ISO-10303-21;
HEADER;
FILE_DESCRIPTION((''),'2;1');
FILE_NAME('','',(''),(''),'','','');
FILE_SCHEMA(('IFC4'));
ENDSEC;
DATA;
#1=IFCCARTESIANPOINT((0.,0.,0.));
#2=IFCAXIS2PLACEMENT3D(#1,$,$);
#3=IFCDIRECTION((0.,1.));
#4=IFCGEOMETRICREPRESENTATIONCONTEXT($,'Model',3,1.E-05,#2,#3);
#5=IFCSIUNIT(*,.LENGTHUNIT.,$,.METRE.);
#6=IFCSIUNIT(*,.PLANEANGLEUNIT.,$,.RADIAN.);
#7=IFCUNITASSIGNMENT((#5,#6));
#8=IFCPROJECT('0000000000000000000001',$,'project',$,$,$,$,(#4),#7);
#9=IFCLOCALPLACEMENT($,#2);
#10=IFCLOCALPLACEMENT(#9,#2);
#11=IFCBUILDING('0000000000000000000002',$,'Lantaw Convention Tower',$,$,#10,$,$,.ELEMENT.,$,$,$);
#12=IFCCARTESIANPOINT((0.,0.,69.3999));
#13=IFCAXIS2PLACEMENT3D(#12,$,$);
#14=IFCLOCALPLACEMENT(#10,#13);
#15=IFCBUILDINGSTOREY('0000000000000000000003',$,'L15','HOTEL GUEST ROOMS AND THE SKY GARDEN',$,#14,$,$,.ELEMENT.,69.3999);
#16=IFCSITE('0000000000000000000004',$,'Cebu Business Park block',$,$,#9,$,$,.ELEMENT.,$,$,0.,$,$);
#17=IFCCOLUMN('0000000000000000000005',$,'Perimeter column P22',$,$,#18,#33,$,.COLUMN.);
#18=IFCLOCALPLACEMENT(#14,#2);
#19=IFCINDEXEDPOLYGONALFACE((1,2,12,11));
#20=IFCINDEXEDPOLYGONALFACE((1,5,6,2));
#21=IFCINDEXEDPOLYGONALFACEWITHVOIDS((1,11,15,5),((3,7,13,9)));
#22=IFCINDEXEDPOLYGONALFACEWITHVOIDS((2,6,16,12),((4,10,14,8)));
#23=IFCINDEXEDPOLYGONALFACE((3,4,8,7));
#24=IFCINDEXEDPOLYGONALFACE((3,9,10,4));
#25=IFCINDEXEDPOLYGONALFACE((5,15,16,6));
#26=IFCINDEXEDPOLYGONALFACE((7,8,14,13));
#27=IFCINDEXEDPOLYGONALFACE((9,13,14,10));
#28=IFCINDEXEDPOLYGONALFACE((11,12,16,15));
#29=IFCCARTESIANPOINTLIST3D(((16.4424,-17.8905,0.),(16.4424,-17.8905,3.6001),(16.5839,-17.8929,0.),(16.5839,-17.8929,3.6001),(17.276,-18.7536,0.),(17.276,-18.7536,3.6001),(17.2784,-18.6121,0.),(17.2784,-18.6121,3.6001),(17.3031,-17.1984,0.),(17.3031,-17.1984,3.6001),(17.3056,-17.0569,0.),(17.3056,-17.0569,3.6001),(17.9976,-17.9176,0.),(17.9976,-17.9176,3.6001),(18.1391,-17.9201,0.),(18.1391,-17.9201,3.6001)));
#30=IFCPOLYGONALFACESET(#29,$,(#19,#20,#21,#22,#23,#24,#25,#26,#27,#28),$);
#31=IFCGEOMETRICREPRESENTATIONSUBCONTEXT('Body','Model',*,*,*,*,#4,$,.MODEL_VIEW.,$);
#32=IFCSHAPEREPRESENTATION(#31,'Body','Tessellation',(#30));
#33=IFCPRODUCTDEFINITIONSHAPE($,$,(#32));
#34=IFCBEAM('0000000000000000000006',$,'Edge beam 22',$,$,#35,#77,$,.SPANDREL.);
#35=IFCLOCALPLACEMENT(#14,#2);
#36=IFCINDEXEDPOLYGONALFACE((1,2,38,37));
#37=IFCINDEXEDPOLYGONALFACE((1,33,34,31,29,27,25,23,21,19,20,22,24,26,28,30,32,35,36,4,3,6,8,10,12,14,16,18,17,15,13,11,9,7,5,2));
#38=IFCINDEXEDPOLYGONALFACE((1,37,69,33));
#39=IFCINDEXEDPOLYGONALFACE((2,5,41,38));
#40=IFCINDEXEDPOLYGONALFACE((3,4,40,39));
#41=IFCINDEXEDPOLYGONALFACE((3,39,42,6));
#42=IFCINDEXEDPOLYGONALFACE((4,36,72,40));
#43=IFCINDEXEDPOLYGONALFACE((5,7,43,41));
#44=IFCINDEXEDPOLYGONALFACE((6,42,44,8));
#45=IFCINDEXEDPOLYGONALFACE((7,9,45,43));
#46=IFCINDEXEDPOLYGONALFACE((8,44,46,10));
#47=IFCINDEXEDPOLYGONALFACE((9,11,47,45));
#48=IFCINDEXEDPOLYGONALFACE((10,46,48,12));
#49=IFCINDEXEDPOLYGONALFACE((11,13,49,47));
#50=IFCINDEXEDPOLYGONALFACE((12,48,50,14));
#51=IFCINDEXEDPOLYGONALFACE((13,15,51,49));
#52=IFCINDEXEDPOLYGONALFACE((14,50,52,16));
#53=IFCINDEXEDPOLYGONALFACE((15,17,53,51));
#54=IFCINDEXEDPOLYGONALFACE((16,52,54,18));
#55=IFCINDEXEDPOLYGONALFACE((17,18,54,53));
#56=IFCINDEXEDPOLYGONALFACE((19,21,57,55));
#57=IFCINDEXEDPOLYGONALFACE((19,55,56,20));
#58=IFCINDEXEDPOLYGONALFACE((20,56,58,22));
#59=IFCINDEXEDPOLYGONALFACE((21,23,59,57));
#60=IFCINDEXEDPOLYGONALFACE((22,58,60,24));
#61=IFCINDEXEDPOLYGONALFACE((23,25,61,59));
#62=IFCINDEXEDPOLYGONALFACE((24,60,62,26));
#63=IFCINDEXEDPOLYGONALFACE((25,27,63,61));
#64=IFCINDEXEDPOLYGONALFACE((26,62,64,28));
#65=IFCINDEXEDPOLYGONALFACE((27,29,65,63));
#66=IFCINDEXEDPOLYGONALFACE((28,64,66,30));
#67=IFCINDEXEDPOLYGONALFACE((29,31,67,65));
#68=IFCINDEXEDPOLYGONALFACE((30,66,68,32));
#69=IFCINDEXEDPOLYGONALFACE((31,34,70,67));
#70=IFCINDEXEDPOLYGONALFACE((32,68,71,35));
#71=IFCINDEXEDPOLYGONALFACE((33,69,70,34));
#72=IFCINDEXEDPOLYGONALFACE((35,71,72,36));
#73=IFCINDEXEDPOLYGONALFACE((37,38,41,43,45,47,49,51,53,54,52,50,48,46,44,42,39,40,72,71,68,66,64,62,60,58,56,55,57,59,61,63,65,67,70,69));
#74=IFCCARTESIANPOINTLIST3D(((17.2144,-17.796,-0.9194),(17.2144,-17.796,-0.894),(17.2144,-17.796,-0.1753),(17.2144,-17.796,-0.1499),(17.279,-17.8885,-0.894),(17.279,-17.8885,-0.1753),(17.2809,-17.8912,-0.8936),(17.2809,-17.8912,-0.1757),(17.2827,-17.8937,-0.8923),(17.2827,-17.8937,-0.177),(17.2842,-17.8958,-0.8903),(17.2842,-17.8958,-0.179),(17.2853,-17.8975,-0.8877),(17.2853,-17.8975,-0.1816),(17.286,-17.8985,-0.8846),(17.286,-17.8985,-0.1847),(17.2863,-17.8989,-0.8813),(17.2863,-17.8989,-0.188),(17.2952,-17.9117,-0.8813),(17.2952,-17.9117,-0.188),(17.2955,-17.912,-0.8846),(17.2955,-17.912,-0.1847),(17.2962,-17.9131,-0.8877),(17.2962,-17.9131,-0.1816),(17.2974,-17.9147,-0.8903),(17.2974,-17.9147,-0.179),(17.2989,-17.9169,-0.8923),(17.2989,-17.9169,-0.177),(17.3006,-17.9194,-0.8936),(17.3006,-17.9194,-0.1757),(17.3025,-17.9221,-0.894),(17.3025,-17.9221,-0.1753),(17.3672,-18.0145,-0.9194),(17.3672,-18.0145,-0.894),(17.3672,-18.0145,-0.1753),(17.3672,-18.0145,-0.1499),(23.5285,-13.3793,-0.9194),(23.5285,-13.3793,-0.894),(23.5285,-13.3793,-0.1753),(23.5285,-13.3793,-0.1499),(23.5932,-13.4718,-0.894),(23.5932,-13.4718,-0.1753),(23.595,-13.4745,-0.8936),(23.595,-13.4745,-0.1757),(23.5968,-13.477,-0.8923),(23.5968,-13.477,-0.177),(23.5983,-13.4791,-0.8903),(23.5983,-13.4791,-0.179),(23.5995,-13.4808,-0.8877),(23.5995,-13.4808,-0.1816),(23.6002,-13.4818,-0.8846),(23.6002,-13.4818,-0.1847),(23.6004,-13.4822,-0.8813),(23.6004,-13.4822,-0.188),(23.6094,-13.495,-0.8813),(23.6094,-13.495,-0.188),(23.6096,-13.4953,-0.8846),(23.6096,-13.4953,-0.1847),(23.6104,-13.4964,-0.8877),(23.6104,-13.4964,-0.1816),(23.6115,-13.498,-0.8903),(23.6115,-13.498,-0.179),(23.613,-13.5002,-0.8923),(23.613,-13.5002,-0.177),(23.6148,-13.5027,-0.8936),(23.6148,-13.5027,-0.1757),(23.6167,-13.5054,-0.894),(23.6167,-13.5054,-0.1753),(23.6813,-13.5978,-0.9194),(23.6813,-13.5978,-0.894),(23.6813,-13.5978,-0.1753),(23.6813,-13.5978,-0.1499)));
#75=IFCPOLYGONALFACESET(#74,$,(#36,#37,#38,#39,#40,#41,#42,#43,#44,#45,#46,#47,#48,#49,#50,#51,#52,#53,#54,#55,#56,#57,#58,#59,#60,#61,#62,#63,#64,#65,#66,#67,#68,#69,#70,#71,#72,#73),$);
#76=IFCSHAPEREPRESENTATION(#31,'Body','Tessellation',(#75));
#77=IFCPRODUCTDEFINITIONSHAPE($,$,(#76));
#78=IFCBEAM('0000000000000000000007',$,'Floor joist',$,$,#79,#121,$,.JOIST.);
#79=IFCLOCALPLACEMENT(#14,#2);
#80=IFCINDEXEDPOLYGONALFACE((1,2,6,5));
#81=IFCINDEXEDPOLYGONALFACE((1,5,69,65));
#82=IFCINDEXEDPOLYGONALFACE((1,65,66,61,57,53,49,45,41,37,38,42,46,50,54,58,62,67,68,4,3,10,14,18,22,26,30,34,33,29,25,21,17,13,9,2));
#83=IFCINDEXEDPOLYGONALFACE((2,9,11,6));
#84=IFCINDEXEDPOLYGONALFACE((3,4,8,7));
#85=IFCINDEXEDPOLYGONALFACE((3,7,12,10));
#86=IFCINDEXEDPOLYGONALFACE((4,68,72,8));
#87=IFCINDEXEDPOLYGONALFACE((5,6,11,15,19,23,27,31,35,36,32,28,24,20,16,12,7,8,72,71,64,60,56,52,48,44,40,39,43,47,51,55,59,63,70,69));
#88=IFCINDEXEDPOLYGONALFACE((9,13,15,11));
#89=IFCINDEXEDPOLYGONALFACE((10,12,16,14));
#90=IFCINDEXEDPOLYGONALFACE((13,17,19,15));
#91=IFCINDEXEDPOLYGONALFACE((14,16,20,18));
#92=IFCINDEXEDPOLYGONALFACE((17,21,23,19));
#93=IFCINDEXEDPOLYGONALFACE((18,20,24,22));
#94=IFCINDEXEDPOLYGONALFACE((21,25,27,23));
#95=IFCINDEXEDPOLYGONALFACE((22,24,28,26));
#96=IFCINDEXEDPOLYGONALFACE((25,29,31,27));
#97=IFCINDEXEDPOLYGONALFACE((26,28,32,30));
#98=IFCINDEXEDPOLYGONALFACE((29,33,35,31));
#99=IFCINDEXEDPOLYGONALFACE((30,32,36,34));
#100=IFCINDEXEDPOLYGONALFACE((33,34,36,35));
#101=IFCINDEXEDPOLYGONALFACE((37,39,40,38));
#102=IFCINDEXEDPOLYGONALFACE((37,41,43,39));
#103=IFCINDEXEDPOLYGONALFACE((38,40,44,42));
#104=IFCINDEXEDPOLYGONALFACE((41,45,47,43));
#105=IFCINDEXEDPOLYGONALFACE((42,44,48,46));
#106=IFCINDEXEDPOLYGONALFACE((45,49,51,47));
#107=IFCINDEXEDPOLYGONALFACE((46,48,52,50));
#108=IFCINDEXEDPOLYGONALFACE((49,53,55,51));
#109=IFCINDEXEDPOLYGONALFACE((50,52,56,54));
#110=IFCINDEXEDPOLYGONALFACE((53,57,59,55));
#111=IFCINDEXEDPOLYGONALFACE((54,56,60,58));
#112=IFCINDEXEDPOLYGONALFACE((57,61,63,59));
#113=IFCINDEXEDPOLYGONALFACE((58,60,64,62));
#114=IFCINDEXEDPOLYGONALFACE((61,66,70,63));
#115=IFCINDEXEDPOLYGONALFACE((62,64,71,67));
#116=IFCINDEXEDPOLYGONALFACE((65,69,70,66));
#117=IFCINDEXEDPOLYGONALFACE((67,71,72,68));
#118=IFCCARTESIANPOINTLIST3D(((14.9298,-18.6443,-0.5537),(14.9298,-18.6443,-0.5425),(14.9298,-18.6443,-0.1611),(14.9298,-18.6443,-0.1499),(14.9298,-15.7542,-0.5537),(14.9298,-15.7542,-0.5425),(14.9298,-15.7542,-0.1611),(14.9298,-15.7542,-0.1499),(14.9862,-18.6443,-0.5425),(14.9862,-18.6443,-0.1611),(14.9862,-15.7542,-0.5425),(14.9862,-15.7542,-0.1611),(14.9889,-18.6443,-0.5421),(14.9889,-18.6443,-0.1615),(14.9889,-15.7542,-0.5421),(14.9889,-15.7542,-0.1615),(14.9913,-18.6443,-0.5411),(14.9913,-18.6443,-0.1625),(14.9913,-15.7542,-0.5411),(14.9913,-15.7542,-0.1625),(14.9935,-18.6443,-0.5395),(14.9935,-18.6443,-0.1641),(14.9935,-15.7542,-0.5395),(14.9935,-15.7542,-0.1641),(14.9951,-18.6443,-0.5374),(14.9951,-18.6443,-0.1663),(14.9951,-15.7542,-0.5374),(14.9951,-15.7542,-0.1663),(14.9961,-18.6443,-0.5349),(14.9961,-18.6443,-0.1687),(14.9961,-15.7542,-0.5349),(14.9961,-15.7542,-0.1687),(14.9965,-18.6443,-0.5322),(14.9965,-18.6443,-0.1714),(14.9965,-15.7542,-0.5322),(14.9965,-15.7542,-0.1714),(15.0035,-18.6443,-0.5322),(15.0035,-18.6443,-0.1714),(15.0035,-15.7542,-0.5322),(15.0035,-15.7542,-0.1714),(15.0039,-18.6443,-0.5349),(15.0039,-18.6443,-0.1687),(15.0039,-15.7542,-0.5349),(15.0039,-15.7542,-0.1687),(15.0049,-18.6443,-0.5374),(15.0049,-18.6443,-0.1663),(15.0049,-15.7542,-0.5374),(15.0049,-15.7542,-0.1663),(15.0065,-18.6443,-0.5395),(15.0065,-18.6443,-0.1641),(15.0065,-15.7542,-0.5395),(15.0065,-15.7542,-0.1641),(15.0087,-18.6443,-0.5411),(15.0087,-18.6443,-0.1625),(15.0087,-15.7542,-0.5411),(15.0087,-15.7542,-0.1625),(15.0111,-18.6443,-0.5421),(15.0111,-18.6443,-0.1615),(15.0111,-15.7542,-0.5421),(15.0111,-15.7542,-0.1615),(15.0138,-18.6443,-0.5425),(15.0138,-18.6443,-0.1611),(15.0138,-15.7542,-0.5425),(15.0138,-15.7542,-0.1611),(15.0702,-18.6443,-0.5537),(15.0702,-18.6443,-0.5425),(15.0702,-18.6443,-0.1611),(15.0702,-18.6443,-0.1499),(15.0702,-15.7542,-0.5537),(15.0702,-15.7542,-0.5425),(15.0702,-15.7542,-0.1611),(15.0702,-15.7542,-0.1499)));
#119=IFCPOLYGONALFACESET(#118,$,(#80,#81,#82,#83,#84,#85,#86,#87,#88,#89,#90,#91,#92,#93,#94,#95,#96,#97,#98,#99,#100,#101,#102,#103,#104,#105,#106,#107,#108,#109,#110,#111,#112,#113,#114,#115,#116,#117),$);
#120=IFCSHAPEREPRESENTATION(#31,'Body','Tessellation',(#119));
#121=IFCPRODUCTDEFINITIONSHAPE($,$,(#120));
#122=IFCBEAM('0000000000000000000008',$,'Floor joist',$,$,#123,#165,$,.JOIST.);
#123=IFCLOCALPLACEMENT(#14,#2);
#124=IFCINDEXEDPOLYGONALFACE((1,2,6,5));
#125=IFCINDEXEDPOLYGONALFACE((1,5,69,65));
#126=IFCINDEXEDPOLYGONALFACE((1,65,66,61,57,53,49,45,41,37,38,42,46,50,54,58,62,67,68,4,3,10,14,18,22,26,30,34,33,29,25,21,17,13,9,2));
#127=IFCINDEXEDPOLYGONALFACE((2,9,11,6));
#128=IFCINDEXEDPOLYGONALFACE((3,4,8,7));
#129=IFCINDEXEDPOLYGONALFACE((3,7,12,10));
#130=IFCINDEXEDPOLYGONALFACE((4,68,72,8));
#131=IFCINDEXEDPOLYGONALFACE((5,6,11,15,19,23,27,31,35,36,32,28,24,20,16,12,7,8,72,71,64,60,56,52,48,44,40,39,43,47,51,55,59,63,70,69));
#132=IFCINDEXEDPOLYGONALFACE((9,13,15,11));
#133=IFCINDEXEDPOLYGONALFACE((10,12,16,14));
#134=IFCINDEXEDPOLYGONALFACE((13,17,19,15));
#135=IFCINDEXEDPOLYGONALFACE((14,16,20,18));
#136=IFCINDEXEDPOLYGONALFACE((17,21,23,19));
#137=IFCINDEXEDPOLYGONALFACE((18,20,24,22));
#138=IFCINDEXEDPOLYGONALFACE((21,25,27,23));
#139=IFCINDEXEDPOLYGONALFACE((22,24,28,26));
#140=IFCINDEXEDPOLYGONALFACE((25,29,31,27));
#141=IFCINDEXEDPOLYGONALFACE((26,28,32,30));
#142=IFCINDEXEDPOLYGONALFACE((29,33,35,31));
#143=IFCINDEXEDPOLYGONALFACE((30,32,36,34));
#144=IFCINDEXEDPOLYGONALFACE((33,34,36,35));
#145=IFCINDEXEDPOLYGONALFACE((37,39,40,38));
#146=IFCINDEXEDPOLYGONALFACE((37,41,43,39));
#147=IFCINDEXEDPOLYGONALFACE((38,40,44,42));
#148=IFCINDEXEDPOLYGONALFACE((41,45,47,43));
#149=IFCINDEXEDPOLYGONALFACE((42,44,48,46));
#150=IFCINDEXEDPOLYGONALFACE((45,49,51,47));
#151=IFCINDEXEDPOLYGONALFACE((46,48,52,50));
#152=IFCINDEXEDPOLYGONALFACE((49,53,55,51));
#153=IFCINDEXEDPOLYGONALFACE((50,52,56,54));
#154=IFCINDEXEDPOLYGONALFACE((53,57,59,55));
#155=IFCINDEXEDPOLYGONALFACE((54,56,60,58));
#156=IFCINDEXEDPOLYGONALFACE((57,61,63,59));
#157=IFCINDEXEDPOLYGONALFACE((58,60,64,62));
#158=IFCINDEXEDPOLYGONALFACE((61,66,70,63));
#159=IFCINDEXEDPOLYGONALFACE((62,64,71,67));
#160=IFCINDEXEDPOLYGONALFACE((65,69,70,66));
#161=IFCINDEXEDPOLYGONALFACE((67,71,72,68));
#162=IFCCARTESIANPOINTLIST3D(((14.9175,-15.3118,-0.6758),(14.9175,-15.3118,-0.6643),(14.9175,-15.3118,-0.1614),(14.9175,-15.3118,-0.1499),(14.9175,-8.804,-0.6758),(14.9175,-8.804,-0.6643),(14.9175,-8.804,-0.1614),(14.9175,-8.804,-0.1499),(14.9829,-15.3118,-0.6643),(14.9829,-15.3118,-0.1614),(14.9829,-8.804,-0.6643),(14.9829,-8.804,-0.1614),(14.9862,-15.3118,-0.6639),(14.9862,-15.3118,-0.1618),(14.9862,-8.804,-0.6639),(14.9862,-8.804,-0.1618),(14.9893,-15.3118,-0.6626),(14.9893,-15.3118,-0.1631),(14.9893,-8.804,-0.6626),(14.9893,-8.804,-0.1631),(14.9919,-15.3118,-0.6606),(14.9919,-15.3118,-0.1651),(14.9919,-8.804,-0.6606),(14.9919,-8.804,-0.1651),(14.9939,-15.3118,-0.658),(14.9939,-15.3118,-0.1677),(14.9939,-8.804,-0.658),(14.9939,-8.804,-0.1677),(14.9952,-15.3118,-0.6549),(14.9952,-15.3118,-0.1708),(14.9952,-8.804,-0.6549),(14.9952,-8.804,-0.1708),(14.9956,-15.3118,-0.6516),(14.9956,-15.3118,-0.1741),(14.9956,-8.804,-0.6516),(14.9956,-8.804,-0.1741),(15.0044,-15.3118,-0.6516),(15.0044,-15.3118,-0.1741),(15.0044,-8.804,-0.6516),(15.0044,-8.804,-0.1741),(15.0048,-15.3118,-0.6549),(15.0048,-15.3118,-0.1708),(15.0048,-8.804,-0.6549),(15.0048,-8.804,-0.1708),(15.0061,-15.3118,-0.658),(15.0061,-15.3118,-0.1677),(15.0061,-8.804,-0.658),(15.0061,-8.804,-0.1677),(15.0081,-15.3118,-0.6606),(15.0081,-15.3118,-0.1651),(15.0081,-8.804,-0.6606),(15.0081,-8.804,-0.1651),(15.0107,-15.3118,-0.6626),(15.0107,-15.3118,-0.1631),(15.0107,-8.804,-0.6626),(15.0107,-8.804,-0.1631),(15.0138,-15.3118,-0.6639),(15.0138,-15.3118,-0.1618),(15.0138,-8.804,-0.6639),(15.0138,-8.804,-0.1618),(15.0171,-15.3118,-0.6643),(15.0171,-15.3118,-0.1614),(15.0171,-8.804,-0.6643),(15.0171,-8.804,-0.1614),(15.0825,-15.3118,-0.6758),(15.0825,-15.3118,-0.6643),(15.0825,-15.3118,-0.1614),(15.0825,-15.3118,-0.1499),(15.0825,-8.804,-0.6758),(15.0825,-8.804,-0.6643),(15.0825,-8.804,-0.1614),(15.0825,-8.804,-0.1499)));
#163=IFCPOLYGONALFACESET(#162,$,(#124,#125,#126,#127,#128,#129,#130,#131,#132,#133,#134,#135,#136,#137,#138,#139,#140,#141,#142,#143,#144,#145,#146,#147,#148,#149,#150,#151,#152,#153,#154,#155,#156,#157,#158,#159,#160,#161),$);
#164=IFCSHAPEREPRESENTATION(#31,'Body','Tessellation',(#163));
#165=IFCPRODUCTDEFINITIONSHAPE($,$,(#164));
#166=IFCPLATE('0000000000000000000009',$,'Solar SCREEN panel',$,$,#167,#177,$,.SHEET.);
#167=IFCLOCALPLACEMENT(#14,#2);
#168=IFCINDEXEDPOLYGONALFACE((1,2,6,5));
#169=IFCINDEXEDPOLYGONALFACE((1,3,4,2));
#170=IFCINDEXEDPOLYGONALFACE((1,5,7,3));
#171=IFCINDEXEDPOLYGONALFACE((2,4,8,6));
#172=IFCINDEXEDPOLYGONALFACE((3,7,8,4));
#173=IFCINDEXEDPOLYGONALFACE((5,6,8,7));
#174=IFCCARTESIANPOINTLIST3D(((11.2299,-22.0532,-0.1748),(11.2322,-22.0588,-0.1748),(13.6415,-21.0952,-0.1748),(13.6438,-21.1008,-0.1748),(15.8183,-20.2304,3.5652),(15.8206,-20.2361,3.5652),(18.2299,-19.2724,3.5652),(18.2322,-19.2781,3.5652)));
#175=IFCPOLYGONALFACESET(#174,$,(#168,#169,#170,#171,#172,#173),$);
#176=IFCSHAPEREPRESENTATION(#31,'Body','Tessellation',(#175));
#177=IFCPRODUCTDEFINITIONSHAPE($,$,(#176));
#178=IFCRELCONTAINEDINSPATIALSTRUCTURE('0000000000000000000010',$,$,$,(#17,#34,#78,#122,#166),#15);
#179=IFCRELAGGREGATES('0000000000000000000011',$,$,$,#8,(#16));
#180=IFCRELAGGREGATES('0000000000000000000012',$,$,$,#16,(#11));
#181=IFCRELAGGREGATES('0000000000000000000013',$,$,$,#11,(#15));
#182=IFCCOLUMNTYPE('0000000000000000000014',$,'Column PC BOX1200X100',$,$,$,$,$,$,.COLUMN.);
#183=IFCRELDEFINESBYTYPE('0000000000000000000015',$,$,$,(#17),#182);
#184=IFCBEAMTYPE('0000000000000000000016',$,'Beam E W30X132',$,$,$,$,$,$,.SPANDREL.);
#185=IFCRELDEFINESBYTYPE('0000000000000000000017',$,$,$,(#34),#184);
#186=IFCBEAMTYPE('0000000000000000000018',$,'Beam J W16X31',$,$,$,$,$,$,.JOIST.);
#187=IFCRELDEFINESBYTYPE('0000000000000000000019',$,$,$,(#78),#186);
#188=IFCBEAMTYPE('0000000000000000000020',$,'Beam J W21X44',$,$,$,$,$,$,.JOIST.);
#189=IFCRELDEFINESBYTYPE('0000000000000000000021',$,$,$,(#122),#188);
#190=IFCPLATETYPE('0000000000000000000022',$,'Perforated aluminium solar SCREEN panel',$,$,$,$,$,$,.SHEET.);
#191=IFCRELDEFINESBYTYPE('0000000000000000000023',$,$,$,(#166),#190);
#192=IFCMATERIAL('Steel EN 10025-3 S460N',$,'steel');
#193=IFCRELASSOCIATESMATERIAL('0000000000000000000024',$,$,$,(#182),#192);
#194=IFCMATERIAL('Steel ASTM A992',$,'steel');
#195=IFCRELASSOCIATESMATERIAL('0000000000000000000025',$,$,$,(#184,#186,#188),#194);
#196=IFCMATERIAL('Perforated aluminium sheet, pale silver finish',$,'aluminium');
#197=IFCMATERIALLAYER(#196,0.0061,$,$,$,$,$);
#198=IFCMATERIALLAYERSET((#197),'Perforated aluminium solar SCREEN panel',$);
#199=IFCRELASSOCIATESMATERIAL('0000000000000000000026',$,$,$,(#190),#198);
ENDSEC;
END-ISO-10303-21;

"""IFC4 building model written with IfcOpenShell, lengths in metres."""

from ifc_helpers import new_model, si_unit, direction, frame, origin, origin_2d, place, context, subcontext, project, spatial, polyline, rectangle, hollow_rectangle, i_section, outline, extrude, material, layer, layer_set, material_profile, profile_set, type_object, element, save


model = new_model("IFC4")

# Units and contexts
model_context = context("Model", 3, precision=1e-05, world=origin(), true_north=direction((0.0, 1.0)))
body_context = subcontext(model_context, "Body", "Model", "MODEL_VIEW")
ifc_project = project(units=[si_unit("LENGTHUNIT", "METRE"), si_unit("PLANEANGLEUNIT", "RADIAN")], contexts=[model_context])

# Site, building, storey
site_placement = place(None, origin())
site = spatial("IfcSite", under=ifc_project, at=site_placement, Name="Cebu Business Park block", CompositionType="ELEMENT", RefElevation=0.0)
building_placement = place(site_placement, origin())
building = spatial("IfcBuilding", under=site, at=building_placement, Name="Lantaw Convention Tower", CompositionType="ELEMENT")
storey_placement = place(building_placement, frame((0.0, 0.0, 69.3999)))
storey = spatial("IfcBuildingStorey", under=building, at=storey_placement, Name="L15", Description="HOTEL GUEST ROOMS AND THE SKY GARDEN", CompositionType="ELEMENT", Elevation=69.3999)

# Column
ifc_material_1 = material(Name="Steel EN 10025-3 S460N", Category="steel")
ifc_material_profile_1 = material_profile(ifc_material_1, hollow_rectangle(XDim=1.2, YDim=1.2, WallThickness=0.1001, at=origin_2d()), Name="BOX1200X100")
ifc_material_2 = material(Name="Concrete C60/75", Category="concrete")
ifc_material_profile_2 = material_profile(ifc_material_2, rectangle(XDim=1.0, YDim=1.0, at=origin_2d()), Name="Concrete fill of BOX1200X100")
ifc_profile_set_1 = profile_set([ifc_material_profile_1, ifc_material_profile_2], Name="Steel EN 10025-3 S460N")
column_type = type_object("IfcColumnType", Name="Column PC BOX1200X100", PredefinedType="COLUMN", material=ifc_profile_set_1)
column_placement = place(storey_placement, frame((17.2908, -17.9053, 0.0), z_axis=(0.0, 0.0, 1.0), x_axis=(0.71934, 0.694658, 0.0)))
element("IfcColumn", 1, at=column_placement, inside=storey, type_object=column_type, Name="Perimeter column P22", PredefinedType="COLUMN", context=body_context, shape_type="SweptSolid", body=[
    extrude(hollow_rectangle(XDim=1.2, YDim=1.2, WallThickness=0.1001, at=origin_2d()), origin(), (0.0, 0.0, 1.0), 3.6001),
])

# Beams
ifc_material_3 = material(Name="Steel ASTM A992", Category="steel")
ifc_material_profile_3 = material_profile(ifc_material_3, i_section(OverallWidth=0.2666, OverallDepth=0.7695, WebThickness=0.0156, FlangeThickness=0.0254, FilletRadius=0.0127, at=origin_2d()), Name="W30X132")
ifc_profile_set_2 = profile_set([ifc_material_profile_3], Name="Steel ASTM A992")
beam_type_1 = type_object("IfcBeamType", Name="Beam E W30X132", PredefinedType="SPANDREL", material=ifc_profile_set_2)
beam_1_placement = place(storey_placement, frame((17.2908, -17.9053, -0.5347), z_axis=(0.819427, 0.573184, 0.0), x_axis=(-0.573184, 0.819427, 0.0)))
element("IfcBeam", 2, at=beam_1_placement, inside=storey, type_object=beam_type_1, Name="Edge beam 22", PredefinedType="SPANDREL", context=body_context, shape_type="SweptSolid", body=[
    extrude(i_section(OverallWidth=0.2666, OverallDepth=0.7695, WebThickness=0.0156, FlangeThickness=0.0254, FilletRadius=0.0127, at=origin_2d()), origin(), (0.0, 0.0, 1.0), 7.7056),
])
ifc_material_profile_4 = material_profile(ifc_material_3, i_section(OverallWidth=0.1404, OverallDepth=0.4038, WebThickness=0.0071, FlangeThickness=0.0112, FilletRadius=0.0103, at=origin_2d()), Name="W16X31")
ifc_profile_set_3 = profile_set([ifc_material_profile_4], Name="Steel ASTM A992")
beam_type_2 = type_object("IfcBeamType", Name="Beam J W16X31", PredefinedType="JOIST", material=ifc_profile_set_3)
beam_2_placement = place(storey_placement, frame((15.0, -18.6443, -0.3518), z_axis=(0.0, 1.0, 0.0), x_axis=(-1.0, 0.0, 0.0)))
element("IfcBeam", 3, at=beam_2_placement, inside=storey, type_object=beam_type_2, Name="Floor joist", PredefinedType="JOIST", context=body_context, shape_type="SweptSolid", body=[
    extrude(i_section(OverallWidth=0.1404, OverallDepth=0.4038, WebThickness=0.0071, FlangeThickness=0.0112, FilletRadius=0.0103, at=origin_2d()), origin(), (0.0, 0.0, 1.0), 2.8901),
])
ifc_material_profile_5 = material_profile(ifc_material_3, i_section(OverallWidth=0.165, OverallDepth=0.5259, WebThickness=0.0088, FlangeThickness=0.0115, FilletRadius=0.0127, at=origin_2d()), Name="W21X44")
ifc_profile_set_4 = profile_set([ifc_material_profile_5], Name="Steel ASTM A992")
beam_type_3 = type_object("IfcBeamType", Name="Beam J W21X44", PredefinedType="JOIST", material=ifc_profile_set_4)
beam_3_placement = place(storey_placement, frame((15.0, -15.3118, -0.4128), z_axis=(0.0, 1.0, 0.0), x_axis=(-1.0, 0.0, 0.0)))
element("IfcBeam", 4, at=beam_3_placement, inside=storey, type_object=beam_type_3, Name="Floor joist", PredefinedType="JOIST", context=body_context, shape_type="SweptSolid", body=[
    extrude(i_section(OverallWidth=0.165, OverallDepth=0.5259, WebThickness=0.0088, FlangeThickness=0.0115, FilletRadius=0.0127, at=origin_2d()), origin(), (0.0, 0.0, 1.0), 6.5078),
])

# Plate
ifc_material_4 = material(Name="Perforated aluminium sheet, pale silver finish", Category="aluminium")
ifc_layer_1 = layer(ifc_material_4, 0.0061)
ifc_layer_set_1 = layer_set([ifc_layer_1], Name="Perforated aluminium solar SCREEN panel")
plate_type = type_object("IfcPlateType", Name="Perforated aluminium solar SCREEN panel", PredefinedType="SHEET", material=ifc_layer_set_1)
plate_placement = place(storey_placement, frame((11.2322, -22.0588, -0.1748), z_axis=(0.369184, -0.929357, 0.000009), x_axis=(0.929357, 0.369184, 0.0)))
element("IfcPlate", 5, at=plate_placement, inside=storey, type_object=plate_type, Name="Solar SCREEN panel", PredefinedType="SHEET", context=body_context, shape_type="SweptSolid", body=[
    extrude(outline(polyline([(0.0, 0.0), (2.5949, 0.0), (7.5321, 3.74), (4.9372, 3.74), (0.0, 0.0)])), origin(), (0.0, 0.0, -1.0), 0.0061),
])

save(model, "model.ifc")
